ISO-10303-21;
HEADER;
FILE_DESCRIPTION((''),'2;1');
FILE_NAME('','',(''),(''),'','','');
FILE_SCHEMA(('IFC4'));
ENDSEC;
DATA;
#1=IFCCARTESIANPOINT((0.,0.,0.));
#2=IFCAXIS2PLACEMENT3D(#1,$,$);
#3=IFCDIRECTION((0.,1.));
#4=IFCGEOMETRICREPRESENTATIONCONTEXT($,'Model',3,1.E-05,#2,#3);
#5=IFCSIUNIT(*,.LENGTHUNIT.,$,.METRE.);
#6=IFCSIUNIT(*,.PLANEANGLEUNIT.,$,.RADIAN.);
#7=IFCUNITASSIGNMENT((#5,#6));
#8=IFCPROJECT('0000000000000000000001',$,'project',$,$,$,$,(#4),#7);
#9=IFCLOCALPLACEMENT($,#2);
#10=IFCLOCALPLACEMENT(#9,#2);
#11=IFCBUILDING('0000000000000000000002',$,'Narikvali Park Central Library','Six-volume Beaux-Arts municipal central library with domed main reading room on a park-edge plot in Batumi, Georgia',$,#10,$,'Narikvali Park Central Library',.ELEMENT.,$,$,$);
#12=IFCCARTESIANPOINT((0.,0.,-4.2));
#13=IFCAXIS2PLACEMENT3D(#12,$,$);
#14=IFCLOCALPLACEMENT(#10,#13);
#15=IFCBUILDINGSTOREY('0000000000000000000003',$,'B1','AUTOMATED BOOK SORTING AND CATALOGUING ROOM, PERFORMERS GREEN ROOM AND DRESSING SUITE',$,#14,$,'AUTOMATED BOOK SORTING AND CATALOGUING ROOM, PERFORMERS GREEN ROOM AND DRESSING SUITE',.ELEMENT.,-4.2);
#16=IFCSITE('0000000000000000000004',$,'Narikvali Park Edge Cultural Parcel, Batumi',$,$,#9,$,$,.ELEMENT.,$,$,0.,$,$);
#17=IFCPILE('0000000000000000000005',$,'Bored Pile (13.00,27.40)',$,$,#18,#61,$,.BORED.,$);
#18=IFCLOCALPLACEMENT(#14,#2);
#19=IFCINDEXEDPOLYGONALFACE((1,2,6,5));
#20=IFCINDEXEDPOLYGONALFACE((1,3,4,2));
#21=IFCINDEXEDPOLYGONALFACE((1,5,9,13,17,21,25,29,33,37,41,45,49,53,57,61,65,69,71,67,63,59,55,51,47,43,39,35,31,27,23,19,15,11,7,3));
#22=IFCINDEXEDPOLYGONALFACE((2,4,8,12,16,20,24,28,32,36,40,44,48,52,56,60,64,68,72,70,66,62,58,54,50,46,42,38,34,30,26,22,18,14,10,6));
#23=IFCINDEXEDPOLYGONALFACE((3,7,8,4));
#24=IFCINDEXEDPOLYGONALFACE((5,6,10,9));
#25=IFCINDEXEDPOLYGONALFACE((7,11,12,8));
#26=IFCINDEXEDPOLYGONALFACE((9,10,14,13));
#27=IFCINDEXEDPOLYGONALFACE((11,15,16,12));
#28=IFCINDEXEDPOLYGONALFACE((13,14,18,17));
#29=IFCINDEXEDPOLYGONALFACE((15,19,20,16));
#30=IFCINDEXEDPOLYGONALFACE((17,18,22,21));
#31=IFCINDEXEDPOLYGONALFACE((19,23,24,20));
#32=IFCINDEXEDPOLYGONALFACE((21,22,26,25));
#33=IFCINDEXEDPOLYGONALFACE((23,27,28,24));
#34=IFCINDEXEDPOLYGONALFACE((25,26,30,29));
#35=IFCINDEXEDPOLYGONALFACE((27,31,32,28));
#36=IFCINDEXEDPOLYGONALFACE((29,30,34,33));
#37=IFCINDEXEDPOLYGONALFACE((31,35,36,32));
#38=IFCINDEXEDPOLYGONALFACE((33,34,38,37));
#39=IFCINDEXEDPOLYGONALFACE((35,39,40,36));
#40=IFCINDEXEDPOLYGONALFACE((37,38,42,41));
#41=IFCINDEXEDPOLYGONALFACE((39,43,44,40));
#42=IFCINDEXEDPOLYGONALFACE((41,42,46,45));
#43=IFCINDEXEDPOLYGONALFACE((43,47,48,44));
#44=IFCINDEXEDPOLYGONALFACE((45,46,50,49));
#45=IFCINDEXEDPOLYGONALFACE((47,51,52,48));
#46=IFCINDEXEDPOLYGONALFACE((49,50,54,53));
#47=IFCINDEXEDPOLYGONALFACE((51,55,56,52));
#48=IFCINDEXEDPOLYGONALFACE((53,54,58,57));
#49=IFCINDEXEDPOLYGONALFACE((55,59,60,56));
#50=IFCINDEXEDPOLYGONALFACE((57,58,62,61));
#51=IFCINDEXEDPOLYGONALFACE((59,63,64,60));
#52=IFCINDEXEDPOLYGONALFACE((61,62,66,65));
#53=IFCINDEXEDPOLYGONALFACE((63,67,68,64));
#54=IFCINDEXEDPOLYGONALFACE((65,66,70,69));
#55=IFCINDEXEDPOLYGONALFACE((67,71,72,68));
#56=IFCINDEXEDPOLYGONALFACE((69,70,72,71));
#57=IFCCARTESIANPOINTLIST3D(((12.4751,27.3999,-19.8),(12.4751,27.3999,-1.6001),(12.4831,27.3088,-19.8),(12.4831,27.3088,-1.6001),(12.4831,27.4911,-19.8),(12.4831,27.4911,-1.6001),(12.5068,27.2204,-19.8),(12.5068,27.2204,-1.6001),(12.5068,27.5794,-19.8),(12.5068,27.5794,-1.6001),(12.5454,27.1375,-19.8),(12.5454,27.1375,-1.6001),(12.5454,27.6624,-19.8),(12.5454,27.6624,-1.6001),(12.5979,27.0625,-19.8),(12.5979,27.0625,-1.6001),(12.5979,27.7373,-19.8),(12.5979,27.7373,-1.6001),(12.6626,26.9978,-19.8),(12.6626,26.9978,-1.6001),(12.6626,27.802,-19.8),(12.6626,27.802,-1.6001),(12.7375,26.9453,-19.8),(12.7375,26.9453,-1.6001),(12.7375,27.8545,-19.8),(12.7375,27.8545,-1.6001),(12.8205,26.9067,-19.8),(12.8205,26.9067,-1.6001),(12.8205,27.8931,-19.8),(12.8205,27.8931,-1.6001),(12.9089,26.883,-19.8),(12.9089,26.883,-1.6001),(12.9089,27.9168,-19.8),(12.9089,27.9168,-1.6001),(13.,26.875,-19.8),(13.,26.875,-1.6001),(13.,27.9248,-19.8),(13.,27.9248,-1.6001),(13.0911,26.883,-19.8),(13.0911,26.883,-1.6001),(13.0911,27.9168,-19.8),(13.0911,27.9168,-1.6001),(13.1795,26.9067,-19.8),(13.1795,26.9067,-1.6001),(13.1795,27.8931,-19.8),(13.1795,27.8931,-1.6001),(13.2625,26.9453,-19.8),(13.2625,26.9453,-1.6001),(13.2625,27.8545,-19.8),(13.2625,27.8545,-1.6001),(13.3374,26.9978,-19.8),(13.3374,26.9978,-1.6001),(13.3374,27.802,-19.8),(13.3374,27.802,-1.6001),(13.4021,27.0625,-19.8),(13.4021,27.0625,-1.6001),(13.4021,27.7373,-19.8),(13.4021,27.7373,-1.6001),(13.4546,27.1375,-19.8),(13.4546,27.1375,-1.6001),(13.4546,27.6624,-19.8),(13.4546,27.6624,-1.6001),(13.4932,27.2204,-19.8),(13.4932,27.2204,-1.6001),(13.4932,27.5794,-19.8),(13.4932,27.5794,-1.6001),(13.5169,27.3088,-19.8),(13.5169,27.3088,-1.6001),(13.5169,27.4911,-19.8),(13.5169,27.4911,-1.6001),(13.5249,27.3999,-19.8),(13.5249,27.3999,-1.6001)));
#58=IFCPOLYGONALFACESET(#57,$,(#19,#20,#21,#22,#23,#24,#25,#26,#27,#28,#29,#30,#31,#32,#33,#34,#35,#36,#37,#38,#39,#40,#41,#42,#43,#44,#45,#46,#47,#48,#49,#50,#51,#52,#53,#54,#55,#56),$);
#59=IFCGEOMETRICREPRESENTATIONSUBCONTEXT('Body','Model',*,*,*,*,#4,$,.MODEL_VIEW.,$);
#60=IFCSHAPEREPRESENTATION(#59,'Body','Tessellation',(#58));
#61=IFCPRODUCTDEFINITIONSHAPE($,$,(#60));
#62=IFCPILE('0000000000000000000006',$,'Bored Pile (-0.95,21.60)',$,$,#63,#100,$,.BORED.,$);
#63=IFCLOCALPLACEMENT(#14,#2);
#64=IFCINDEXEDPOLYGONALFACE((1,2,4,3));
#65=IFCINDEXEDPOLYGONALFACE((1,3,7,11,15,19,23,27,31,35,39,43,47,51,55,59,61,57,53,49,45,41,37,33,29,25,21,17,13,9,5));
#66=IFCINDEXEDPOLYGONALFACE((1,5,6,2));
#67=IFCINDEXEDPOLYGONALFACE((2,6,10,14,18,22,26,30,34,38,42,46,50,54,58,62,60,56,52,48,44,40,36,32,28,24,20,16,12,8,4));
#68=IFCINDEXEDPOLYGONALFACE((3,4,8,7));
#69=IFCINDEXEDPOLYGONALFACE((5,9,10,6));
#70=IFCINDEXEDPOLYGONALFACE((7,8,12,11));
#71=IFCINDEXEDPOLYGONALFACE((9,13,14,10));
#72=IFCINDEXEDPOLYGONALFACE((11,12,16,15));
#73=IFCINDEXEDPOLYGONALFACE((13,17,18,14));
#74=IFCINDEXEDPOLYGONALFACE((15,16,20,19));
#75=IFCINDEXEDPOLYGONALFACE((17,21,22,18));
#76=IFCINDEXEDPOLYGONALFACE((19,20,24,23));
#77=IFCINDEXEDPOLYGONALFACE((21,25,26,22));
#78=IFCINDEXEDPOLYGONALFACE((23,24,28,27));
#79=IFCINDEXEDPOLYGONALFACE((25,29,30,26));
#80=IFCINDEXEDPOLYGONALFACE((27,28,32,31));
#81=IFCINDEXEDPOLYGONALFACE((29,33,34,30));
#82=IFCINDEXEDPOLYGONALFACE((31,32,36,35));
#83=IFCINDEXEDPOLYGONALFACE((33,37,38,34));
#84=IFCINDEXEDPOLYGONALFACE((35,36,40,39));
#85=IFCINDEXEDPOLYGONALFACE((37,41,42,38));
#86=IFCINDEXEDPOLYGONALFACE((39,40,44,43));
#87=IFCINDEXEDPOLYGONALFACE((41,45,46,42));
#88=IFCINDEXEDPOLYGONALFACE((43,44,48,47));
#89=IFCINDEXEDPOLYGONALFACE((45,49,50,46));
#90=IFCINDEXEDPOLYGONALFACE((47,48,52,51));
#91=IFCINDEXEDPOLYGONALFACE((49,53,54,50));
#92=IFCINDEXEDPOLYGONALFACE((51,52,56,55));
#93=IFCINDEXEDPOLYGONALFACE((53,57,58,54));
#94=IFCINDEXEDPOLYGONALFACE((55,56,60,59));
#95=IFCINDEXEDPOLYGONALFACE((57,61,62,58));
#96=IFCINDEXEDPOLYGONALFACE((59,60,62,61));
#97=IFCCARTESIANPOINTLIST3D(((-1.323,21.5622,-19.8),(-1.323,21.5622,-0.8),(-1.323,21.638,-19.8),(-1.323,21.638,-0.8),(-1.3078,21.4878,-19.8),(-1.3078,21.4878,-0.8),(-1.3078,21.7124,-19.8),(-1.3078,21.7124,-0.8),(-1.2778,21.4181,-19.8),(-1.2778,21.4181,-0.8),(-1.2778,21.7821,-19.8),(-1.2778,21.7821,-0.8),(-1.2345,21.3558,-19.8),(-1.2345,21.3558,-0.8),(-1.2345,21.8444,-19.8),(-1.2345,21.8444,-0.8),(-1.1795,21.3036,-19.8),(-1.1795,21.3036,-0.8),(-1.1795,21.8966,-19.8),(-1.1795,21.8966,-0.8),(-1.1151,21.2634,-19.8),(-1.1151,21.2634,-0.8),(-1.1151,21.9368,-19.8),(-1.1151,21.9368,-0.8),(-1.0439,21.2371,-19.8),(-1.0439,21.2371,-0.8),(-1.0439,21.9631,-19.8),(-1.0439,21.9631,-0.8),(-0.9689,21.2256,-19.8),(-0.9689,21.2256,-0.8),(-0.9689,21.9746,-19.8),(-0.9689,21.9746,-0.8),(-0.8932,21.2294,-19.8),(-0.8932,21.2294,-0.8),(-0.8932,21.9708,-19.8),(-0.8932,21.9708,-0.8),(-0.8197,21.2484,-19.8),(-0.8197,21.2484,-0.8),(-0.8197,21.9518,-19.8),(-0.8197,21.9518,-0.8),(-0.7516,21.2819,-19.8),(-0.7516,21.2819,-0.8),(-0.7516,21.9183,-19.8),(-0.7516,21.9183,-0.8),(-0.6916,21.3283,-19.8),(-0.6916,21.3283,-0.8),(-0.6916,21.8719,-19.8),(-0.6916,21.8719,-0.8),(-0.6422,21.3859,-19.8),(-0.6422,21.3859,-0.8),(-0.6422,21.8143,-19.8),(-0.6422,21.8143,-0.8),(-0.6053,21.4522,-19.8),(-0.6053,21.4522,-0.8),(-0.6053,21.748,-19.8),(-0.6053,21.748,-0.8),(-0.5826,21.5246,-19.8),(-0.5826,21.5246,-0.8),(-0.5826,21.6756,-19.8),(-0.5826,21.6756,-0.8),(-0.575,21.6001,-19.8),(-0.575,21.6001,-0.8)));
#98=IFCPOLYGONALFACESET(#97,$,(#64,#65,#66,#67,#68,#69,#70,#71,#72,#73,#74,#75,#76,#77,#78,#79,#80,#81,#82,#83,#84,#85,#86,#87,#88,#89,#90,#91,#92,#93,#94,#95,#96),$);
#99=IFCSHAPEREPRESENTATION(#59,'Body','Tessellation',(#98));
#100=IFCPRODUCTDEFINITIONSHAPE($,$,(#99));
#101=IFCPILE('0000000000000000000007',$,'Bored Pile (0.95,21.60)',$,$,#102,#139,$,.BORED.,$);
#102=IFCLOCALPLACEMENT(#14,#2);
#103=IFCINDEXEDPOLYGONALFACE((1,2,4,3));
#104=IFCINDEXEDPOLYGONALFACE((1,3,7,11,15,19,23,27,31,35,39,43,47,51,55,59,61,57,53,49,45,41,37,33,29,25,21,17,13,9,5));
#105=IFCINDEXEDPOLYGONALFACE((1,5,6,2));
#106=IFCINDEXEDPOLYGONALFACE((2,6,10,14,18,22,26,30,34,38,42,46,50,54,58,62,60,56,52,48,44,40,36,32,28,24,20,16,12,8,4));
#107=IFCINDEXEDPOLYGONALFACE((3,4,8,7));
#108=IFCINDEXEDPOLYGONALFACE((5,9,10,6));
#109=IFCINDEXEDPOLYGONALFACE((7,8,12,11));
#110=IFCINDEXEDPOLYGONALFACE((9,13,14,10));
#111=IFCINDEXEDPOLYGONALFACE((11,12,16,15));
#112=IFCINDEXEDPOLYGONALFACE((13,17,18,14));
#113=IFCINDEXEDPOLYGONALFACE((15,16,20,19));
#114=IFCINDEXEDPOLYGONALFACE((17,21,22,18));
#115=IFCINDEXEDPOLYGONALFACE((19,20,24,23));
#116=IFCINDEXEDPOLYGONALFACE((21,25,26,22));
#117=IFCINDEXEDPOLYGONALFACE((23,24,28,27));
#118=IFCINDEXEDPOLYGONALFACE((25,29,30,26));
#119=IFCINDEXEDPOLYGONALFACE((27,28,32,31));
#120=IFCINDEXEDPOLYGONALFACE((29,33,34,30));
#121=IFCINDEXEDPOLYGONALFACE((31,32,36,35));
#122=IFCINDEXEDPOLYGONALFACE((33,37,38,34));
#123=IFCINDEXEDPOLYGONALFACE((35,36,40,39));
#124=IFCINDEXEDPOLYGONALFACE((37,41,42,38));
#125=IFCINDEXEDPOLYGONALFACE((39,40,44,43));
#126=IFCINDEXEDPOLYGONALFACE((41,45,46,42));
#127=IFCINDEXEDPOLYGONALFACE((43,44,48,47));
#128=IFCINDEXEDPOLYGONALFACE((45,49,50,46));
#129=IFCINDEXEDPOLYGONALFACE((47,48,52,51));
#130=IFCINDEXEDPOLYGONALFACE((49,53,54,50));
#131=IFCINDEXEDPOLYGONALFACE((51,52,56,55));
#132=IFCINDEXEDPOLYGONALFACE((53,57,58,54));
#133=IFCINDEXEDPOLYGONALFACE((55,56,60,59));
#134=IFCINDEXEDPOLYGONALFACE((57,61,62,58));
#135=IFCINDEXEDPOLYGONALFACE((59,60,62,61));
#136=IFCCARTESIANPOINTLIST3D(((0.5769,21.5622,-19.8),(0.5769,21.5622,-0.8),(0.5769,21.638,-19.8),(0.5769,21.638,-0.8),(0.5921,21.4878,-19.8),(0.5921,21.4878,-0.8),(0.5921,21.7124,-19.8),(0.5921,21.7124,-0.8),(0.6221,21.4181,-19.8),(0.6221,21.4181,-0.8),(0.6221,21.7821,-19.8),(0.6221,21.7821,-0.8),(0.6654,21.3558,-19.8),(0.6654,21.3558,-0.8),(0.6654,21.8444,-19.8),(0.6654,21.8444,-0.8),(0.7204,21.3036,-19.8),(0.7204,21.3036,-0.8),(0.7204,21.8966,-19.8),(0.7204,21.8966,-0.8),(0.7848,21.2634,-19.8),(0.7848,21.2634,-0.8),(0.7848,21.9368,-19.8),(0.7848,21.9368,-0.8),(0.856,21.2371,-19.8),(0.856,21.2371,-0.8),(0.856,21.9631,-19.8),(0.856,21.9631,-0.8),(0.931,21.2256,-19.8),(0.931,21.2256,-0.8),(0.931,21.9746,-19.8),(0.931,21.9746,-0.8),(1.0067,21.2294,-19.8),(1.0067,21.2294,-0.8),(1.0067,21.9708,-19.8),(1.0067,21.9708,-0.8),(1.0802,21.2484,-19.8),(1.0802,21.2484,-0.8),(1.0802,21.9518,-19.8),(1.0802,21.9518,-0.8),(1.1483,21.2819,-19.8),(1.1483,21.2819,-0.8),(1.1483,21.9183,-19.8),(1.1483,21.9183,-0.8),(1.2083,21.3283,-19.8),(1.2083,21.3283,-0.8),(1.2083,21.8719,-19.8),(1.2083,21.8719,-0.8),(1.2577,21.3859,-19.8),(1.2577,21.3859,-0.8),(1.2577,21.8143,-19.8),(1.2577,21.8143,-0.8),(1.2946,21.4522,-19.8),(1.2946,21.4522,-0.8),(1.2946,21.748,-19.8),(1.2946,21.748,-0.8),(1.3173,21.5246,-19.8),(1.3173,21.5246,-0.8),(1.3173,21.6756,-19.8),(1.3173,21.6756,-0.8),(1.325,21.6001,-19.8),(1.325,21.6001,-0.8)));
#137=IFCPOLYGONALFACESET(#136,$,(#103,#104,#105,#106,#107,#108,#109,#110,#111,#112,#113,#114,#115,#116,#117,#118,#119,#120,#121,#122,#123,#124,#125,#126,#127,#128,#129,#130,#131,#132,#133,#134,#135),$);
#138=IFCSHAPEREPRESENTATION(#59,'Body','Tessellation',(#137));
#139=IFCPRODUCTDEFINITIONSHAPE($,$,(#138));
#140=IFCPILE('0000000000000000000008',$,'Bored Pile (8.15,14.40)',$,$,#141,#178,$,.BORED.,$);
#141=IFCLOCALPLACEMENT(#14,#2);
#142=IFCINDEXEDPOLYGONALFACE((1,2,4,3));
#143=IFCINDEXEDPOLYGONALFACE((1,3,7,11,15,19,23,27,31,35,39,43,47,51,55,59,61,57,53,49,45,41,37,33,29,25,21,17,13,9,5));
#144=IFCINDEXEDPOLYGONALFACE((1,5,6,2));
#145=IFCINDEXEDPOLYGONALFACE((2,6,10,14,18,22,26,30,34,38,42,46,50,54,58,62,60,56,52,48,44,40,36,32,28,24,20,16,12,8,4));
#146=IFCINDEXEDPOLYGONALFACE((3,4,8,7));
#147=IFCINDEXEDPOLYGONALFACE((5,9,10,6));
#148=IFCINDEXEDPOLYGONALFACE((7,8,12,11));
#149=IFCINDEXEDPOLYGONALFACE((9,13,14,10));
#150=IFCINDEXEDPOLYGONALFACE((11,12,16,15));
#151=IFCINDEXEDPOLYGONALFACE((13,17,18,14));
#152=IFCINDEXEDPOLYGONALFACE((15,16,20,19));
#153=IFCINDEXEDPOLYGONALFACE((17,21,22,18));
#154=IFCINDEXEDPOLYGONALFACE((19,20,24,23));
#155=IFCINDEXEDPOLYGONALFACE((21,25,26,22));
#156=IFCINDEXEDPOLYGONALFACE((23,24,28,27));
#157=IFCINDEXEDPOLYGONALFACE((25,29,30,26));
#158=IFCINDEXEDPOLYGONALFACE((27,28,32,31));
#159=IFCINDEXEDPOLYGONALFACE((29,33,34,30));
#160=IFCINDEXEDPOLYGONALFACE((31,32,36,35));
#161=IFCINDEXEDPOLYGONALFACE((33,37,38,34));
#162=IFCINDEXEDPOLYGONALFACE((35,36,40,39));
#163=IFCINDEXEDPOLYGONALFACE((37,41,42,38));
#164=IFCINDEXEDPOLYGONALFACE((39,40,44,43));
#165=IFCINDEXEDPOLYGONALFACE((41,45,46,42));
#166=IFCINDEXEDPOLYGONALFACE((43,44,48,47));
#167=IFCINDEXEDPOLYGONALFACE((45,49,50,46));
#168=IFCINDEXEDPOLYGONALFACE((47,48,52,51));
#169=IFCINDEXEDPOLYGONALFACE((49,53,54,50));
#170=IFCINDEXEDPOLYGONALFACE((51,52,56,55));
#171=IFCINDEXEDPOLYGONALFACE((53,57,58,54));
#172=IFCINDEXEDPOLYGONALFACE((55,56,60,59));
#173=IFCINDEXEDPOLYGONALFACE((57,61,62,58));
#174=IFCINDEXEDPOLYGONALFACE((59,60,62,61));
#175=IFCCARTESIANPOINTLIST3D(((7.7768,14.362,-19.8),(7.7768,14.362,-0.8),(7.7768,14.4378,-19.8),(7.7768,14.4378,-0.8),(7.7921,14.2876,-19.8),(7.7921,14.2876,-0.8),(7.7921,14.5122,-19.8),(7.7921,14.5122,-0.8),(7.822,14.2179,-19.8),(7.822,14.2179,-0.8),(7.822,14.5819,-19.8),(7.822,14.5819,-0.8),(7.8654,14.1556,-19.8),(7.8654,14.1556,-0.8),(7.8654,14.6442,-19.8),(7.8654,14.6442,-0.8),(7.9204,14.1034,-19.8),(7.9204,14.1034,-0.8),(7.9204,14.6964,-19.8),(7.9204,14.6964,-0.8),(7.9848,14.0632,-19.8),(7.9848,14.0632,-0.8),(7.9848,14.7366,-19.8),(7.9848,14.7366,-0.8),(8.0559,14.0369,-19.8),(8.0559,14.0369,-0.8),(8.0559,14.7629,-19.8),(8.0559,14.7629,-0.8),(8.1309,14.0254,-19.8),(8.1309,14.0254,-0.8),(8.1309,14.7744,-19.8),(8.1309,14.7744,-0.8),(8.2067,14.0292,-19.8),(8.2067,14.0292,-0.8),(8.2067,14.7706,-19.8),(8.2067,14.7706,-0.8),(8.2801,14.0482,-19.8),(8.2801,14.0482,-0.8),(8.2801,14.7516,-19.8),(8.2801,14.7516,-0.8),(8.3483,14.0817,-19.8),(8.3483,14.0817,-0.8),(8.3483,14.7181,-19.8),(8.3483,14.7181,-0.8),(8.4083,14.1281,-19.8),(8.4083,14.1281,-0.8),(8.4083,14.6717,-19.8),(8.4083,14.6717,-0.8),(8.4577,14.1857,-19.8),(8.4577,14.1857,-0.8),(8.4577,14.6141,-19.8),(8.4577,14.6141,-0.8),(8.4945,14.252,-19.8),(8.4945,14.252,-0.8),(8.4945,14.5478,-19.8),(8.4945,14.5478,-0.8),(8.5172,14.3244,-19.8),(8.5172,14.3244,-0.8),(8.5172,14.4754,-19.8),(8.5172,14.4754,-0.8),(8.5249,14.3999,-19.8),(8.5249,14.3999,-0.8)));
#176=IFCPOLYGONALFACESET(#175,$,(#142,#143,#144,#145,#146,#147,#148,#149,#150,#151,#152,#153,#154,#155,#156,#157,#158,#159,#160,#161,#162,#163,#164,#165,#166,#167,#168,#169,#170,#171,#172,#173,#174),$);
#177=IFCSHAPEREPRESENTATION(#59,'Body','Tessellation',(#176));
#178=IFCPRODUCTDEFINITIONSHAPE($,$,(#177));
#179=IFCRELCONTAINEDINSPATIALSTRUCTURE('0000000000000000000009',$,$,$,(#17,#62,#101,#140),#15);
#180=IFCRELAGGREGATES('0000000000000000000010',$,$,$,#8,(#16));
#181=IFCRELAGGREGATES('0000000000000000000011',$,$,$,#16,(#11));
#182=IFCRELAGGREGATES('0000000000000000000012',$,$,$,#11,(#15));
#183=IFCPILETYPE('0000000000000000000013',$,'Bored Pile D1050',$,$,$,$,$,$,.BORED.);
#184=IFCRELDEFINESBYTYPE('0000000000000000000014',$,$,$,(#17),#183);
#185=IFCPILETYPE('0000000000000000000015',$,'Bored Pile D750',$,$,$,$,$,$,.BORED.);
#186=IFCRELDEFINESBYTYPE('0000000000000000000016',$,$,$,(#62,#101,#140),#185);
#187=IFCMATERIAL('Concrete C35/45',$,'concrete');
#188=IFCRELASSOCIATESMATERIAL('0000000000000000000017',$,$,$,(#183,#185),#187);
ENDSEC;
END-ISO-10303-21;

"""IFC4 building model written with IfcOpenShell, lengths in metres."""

from ifc_helpers import new_model, si_unit, direction, frame, origin, origin_2d, place, context, subcontext, project, spatial, circle, extrude, material, material_profile, profile_set, type_object, element, save


model = new_model("IFC4")

# Units and contexts
model_context = context("Model", 3, precision=1e-05, world=origin(), true_north=direction((0.0, 1.0)))
body_context = subcontext(model_context, "Body", "Model", "MODEL_VIEW")
ifc_project = project(units=[si_unit("LENGTHUNIT", "METRE"), si_unit("PLANEANGLEUNIT", "RADIAN")], contexts=[model_context])

# Site, building, storey
site_placement = place(None, origin())
site = spatial("IfcSite", under=ifc_project, at=site_placement, Name="Narikvali Park Edge Cultural Parcel, Batumi", CompositionType="ELEMENT", RefElevation=0.0)
building_placement = place(site_placement, origin())
building = spatial("IfcBuilding", under=site, at=building_placement, Name="Narikvali Park Central Library", Description="Six-volume Beaux-Arts municipal central library with domed main reading room on a park-edge plot in Batumi, Georgia", LongName="Narikvali Park Central Library", CompositionType="ELEMENT")
storey_placement = place(building_placement, frame((0.0, 0.0, -4.2)))
storey = spatial("IfcBuildingStorey", under=building, at=storey_placement, Name="B1", Description="AUTOMATED BOOK SORTING AND CATALOGUING ROOM, PERFORMERS GREEN ROOM AND DRESSING SUITE", LongName="AUTOMATED BOOK SORTING AND CATALOGUING ROOM, PERFORMERS GREEN ROOM AND DRESSING SUITE", CompositionType="ELEMENT", Elevation=-4.2)

# Piles
ifc_material_1 = material(Name="Concrete C35/45", Category="concrete")
ifc_material_profile_1 = material_profile(ifc_material_1, circle(Radius=0.5249, at=origin_2d()), Name="PILE D1050")
ifc_profile_set_1 = profile_set([ifc_material_profile_1], Name="Concrete C35/45")
pile_type_1 = type_object("IfcPileType", Name="Bored Pile D1050", PredefinedType="BORED", material=ifc_profile_set_1)
for number, where, z_axis, x_axis, name in (
    (1, (13.0, 27.3999, -1.6001), (0.0, 0.0, -1.0), (1.0, 0.0, 0.0), "Bored Pile (13.00,27.40)"),
):
    element("IfcPile", number, at=place(storey_placement, frame(where, z_axis=z_axis, x_axis=x_axis)), inside=storey, type_object=pile_type_1, Name=name, PredefinedType="BORED", context=body_context, shape_type="SweptSolid", body=[
        extrude(circle(Radius=0.5249, at=origin_2d()), origin(), (0.0, 0.0, 1.0), 18.2),
    ])
ifc_material_profile_2 = material_profile(ifc_material_1, circle(Radius=0.375, at=origin_2d()), Name="PILE D750")
ifc_profile_set_2 = profile_set([ifc_material_profile_2], Name="Concrete C35/45")
pile_type_2 = type_object("IfcPileType", Name="Bored Pile D750", PredefinedType="BORED", material=ifc_profile_set_2)
for number, where, z_axis, x_axis, name in (
    (2, (-0.95, 21.6001, -0.8), (0.0, 0.0, -1.0), (1.0, 0.0, 0.0), "Bored Pile (-0.95,21.60)"),
    (3, (0.95, 21.6001, -0.8), (0.0, 0.0, -1.0), (1.0, 0.0, 0.0), "Bored Pile (0.95,21.60)"),
    (4, (8.1499, 14.3999, -0.8), (0.0, 0.0, -1.0), (1.0, 0.0, 0.0), "Bored Pile (8.15,14.40)"),
):
    element("IfcPile", number, at=place(storey_placement, frame(where, z_axis=z_axis, x_axis=x_axis)), inside=storey, type_object=pile_type_2, Name=name, PredefinedType="BORED", context=body_context, shape_type="SweptSolid", body=[
        extrude(circle(Radius=0.375, at=origin_2d()), origin(), (0.0, 0.0, 1.0), 19.0),
    ])

save(model, "model.ifc")
